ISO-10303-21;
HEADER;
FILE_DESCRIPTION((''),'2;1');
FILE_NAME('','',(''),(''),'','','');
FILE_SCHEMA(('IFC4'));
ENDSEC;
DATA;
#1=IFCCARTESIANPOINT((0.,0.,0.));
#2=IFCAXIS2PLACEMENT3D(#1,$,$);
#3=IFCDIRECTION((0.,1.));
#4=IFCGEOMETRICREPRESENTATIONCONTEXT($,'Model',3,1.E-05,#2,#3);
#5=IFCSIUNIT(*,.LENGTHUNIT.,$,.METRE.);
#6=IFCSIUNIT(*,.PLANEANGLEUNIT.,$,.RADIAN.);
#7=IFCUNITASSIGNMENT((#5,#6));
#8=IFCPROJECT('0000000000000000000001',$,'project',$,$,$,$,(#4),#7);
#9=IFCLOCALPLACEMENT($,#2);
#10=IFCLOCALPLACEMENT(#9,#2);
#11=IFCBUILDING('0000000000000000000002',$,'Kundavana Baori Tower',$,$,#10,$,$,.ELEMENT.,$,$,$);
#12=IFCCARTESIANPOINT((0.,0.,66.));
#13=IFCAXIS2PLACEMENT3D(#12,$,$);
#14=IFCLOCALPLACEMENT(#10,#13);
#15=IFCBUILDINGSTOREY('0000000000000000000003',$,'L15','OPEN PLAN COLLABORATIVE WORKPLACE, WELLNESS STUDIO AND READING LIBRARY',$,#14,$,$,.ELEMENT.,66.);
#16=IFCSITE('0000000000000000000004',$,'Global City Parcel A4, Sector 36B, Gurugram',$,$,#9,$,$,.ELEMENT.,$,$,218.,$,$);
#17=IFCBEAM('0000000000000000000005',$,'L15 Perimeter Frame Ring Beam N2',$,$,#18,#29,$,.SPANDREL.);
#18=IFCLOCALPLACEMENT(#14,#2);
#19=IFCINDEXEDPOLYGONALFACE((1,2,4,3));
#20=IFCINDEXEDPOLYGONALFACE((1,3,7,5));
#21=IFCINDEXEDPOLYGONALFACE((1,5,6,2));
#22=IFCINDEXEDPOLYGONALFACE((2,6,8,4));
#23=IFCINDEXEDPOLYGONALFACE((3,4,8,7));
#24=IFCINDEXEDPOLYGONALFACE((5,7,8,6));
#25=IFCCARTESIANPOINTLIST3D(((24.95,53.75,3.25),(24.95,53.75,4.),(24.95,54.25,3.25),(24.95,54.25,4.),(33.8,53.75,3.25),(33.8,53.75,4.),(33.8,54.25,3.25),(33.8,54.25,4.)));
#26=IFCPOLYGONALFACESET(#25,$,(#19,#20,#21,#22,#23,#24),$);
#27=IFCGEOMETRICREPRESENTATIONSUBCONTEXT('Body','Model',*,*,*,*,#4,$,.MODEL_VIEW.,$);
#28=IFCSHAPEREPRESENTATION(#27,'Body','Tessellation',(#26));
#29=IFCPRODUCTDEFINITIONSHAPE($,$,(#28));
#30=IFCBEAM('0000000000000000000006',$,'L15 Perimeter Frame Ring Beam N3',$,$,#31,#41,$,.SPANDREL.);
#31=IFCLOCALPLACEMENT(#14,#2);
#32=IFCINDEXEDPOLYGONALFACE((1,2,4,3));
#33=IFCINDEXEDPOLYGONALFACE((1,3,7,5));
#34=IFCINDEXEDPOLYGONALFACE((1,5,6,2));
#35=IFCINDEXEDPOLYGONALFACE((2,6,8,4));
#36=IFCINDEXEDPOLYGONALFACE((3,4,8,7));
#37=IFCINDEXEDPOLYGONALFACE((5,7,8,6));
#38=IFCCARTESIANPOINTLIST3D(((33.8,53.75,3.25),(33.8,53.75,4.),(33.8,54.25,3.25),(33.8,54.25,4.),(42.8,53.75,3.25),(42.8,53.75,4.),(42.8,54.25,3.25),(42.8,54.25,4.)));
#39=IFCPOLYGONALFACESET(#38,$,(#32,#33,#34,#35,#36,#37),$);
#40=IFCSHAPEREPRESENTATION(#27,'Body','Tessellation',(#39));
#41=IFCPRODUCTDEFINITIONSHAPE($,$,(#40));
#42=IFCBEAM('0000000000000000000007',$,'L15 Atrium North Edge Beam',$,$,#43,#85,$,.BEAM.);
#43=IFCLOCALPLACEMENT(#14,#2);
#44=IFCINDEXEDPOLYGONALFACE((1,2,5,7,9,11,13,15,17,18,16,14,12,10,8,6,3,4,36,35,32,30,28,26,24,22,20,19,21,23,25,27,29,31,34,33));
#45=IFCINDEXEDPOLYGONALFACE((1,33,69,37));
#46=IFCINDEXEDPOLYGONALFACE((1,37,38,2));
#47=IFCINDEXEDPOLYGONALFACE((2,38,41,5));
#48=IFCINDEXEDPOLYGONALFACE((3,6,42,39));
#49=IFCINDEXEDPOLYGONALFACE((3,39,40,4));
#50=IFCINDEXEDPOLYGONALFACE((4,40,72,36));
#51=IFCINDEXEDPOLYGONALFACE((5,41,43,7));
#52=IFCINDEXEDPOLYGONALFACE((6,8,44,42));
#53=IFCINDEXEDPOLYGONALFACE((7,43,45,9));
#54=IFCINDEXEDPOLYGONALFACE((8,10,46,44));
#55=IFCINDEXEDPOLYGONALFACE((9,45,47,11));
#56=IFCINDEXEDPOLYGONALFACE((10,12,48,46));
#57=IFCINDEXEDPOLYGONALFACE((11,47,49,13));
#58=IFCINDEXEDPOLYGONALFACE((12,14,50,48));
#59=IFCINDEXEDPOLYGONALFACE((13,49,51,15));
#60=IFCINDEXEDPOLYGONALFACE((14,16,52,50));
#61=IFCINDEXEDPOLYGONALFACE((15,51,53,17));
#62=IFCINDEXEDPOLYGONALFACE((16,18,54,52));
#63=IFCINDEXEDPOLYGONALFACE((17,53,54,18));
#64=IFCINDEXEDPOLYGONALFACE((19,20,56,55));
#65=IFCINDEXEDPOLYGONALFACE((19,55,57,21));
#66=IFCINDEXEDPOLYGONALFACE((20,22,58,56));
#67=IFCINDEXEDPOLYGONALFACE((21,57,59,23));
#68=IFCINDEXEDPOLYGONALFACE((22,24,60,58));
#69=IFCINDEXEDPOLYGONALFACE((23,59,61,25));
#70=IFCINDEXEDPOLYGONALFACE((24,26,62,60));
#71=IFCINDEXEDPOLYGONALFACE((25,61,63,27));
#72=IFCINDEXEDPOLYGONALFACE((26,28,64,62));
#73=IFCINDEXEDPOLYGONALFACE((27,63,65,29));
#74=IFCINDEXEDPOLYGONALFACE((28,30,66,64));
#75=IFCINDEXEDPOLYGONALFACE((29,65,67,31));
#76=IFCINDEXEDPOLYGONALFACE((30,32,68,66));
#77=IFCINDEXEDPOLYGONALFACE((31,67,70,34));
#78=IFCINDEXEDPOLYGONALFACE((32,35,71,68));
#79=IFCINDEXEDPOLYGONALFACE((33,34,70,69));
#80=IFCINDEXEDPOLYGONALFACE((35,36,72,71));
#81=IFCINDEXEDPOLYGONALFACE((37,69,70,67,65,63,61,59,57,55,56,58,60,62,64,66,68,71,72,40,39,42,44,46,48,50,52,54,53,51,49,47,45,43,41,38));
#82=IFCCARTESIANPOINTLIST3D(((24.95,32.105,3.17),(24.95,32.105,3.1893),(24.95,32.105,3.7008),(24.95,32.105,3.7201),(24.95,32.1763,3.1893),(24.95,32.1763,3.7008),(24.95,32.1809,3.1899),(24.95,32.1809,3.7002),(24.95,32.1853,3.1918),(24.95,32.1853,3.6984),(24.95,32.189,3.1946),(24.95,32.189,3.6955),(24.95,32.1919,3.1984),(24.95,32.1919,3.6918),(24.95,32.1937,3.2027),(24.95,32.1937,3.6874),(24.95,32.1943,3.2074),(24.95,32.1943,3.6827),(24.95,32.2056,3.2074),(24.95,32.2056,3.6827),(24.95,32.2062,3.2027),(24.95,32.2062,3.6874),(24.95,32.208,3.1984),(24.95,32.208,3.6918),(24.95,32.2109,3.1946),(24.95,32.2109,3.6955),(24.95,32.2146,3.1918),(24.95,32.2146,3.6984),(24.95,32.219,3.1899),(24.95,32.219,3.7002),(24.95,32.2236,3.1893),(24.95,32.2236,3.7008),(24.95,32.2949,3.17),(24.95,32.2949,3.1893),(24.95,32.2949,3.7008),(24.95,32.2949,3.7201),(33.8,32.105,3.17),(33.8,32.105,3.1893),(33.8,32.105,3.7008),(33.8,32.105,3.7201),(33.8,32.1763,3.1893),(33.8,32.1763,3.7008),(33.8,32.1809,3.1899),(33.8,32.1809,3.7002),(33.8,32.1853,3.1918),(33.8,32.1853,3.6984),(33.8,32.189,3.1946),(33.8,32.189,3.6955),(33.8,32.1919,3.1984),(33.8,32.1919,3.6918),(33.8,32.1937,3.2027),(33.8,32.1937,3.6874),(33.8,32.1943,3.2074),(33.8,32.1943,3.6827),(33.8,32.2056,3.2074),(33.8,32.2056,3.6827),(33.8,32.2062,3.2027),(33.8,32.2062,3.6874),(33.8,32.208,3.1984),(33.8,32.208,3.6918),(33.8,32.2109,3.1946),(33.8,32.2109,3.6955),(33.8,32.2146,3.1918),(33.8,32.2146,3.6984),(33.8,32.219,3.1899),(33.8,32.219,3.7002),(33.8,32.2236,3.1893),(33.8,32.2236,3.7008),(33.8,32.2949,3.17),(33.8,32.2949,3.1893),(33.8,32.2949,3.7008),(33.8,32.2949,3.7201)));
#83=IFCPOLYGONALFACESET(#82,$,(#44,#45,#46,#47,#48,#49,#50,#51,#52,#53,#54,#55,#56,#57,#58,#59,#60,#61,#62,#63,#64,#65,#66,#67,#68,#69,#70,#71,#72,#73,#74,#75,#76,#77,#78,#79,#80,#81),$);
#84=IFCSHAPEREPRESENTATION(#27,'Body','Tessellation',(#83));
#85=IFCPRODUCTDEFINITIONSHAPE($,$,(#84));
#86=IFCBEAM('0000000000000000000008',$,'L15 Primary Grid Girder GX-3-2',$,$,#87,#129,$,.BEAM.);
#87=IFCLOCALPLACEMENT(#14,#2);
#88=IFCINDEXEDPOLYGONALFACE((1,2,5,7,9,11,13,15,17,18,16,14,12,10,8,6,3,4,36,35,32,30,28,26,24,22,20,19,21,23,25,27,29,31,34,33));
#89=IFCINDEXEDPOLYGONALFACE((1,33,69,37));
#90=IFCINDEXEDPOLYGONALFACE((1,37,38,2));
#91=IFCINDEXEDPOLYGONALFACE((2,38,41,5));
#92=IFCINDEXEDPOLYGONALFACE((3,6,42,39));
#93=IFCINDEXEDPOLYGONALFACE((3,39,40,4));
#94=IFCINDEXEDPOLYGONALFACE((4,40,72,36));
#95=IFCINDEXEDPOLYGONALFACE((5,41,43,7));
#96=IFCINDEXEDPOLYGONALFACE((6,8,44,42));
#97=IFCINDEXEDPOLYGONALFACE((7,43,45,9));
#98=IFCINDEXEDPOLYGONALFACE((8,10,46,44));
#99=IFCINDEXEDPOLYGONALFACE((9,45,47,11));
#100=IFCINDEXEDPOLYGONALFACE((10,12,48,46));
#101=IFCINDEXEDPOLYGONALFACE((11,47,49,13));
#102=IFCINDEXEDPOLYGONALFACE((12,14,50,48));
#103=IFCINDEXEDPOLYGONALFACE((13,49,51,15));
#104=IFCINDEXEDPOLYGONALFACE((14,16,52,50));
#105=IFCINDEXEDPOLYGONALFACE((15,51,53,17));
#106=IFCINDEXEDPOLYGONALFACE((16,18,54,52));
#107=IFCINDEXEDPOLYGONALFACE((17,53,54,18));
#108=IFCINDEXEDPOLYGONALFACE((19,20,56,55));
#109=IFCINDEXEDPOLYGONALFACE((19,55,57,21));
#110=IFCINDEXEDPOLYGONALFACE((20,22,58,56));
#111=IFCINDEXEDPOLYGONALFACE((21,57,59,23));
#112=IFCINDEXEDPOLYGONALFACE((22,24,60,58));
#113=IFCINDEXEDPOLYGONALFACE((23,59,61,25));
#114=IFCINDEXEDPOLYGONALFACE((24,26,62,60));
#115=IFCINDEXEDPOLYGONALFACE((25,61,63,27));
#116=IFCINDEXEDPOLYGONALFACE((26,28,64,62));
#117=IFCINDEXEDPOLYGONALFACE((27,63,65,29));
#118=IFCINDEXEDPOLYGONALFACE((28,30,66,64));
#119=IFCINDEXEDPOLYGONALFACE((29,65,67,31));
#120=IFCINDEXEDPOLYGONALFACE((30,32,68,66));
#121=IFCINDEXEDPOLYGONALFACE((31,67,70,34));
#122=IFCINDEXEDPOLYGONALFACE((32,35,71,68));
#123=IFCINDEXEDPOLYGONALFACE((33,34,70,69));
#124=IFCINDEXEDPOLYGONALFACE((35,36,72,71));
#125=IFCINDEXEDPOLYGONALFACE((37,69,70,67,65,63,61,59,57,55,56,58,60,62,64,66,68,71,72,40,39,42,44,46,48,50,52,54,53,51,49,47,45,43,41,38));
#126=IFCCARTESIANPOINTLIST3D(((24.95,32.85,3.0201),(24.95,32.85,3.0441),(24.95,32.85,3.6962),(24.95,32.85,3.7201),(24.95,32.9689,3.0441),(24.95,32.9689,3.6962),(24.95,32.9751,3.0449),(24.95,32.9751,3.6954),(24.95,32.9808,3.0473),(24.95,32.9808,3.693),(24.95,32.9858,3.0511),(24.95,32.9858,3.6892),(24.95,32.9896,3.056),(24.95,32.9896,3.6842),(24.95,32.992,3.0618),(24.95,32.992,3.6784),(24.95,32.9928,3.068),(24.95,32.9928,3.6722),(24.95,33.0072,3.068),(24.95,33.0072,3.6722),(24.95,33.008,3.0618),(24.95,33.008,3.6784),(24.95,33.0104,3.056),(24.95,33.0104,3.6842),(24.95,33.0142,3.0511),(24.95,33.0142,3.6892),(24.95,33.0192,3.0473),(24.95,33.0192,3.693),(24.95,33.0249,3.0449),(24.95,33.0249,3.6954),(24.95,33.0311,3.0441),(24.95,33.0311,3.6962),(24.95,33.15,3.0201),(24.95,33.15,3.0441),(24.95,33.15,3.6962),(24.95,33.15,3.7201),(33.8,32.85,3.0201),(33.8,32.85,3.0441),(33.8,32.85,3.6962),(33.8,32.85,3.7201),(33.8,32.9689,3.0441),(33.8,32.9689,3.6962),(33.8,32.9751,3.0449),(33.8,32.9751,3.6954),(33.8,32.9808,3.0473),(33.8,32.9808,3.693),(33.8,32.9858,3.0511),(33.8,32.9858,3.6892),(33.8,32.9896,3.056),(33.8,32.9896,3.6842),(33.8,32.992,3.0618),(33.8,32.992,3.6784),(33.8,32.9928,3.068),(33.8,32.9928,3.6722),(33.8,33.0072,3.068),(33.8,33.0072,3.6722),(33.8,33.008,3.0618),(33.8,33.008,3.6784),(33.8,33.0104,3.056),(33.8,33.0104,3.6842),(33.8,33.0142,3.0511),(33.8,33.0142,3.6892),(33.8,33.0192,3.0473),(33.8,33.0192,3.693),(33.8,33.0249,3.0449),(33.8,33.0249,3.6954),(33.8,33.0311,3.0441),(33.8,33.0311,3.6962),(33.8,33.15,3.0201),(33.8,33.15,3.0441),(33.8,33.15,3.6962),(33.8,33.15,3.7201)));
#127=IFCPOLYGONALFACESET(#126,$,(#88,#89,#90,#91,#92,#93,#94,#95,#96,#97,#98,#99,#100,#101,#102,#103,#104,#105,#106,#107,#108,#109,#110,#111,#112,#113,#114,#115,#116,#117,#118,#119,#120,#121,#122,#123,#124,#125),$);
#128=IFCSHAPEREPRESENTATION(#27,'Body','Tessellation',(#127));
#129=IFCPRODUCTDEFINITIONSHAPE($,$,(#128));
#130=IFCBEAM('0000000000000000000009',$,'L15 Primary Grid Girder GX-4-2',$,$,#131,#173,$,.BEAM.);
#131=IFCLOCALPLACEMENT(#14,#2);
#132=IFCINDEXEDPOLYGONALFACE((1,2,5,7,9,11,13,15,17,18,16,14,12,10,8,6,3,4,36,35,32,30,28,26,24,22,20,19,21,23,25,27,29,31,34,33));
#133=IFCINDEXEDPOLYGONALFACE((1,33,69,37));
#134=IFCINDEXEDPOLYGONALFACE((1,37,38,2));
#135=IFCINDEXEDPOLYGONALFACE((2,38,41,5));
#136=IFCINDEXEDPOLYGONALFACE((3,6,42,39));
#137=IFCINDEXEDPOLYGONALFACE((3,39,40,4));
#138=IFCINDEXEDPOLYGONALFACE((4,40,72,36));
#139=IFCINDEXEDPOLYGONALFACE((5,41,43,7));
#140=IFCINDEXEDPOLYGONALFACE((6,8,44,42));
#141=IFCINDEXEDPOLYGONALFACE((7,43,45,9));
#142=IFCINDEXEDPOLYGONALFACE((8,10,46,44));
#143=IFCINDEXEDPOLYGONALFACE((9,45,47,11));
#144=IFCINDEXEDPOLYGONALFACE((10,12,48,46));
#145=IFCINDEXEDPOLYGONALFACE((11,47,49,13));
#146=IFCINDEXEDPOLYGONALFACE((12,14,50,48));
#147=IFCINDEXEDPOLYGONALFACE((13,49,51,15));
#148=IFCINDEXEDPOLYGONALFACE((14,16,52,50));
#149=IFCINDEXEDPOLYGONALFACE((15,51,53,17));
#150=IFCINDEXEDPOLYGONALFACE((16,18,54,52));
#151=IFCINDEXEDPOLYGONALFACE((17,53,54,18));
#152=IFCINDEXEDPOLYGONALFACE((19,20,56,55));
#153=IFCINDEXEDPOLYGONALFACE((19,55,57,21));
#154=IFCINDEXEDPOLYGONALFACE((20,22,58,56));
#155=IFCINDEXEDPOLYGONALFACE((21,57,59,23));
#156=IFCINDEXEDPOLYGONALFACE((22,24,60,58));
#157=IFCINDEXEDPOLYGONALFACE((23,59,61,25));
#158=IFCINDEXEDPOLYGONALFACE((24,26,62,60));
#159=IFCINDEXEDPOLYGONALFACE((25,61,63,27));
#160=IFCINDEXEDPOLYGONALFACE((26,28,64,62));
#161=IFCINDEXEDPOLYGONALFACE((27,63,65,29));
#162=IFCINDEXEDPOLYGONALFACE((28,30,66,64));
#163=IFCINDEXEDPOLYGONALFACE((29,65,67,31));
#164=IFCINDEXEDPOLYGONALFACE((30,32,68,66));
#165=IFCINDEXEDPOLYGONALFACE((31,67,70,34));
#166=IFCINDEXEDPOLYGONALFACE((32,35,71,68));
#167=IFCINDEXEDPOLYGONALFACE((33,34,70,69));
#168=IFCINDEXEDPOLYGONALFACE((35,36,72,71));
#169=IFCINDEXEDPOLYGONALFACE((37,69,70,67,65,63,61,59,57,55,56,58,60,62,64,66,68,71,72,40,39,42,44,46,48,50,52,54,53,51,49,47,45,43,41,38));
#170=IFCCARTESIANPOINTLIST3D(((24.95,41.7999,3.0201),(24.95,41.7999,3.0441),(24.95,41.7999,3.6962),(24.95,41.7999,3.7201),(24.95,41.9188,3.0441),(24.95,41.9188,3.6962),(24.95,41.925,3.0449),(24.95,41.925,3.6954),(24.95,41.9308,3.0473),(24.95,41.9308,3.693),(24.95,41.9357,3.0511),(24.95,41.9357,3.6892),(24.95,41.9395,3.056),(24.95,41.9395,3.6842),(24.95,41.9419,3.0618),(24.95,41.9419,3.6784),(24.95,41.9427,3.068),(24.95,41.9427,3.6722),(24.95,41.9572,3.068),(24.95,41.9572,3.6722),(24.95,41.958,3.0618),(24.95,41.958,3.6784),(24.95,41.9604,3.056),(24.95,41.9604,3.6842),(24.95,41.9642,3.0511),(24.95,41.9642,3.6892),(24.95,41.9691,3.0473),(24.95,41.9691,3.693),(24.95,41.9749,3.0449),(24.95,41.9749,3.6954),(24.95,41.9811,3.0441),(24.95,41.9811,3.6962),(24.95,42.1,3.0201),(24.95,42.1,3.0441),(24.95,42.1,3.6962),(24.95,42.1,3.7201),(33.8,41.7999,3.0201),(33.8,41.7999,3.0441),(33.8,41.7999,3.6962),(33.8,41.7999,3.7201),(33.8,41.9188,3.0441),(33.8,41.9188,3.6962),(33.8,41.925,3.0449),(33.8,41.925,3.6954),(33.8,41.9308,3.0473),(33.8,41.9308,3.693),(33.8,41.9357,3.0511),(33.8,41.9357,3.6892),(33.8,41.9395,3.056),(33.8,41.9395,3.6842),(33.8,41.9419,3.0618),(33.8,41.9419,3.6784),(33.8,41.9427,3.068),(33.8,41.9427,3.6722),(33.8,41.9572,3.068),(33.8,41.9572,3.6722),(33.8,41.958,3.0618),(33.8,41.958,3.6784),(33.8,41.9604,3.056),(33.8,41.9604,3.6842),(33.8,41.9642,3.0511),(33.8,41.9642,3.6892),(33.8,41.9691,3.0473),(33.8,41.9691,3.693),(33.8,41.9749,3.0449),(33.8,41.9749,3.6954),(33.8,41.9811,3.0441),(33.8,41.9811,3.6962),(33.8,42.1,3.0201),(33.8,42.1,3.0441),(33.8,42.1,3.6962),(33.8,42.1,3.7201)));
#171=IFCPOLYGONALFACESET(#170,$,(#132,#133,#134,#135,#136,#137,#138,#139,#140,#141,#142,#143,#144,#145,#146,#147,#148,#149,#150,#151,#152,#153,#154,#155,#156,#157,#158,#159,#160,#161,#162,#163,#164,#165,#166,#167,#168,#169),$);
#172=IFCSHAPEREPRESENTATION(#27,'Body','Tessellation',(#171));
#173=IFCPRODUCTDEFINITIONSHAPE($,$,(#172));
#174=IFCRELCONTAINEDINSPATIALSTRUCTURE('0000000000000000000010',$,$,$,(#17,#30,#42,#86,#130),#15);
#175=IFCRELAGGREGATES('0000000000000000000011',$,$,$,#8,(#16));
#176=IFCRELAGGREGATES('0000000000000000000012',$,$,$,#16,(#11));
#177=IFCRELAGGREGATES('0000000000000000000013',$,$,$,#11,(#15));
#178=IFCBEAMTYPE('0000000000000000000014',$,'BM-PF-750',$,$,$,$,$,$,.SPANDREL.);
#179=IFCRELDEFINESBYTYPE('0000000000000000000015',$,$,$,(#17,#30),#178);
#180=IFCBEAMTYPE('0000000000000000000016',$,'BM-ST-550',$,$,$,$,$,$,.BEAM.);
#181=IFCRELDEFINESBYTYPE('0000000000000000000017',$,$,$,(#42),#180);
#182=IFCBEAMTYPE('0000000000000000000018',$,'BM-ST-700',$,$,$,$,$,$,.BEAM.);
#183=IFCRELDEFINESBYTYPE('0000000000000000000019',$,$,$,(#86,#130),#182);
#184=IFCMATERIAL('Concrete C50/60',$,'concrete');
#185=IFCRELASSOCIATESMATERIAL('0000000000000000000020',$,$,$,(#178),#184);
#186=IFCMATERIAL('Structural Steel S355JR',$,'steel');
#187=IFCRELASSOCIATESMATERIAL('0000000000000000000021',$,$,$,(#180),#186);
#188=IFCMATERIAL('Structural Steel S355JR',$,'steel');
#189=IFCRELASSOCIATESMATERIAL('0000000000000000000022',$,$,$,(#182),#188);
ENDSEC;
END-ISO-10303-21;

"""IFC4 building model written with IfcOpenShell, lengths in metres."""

from ifc_helpers import new_model, si_unit, direction, frame, origin, origin_2d, place, context, subcontext, project, spatial, rectangle, i_section, extrude, material, material_profile, profile_set, type_object, element, save


model = new_model("IFC4")

# Units and contexts
model_context = context("Model", 3, precision=1e-05, world=origin(), true_north=direction((0.0, 1.0)))
body_context = subcontext(model_context, "Body", "Model", "MODEL_VIEW")
ifc_project = project(units=[si_unit("LENGTHUNIT", "METRE"), si_unit("PLANEANGLEUNIT", "RADIAN")], contexts=[model_context])

# Site, building, storey
site_placement = place(None, origin())
site = spatial("IfcSite", under=ifc_project, at=site_placement, Name="Global City Parcel A4, Sector 36B, Gurugram", CompositionType="ELEMENT", RefElevation=218.0)
building_placement = place(site_placement, origin())
building = spatial("IfcBuilding", under=site, at=building_placement, Name="Kundavana Baori Tower", CompositionType="ELEMENT")
storey_placement = place(building_placement, frame((0.0, 0.0, 66.0)))
storey = spatial("IfcBuildingStorey", under=building, at=storey_placement, Name="L15", Description="OPEN PLAN COLLABORATIVE WORKPLACE, WELLNESS STUDIO AND READING LIBRARY", CompositionType="ELEMENT", Elevation=66.0)

# Beams
ifc_material_1 = material(Name="Concrete C50/60", Category="concrete")
ifc_material_profile_1 = material_profile(ifc_material_1, rectangle(XDim=0.5, YDim=0.75, at=origin_2d()), Name="RC BM 500x750")
ifc_profile_set_1 = profile_set([ifc_material_profile_1], Name="Concrete C50/60")
beam_type_1 = type_object("IfcBeamType", Name="BM-PF-750", PredefinedType="SPANDREL", material=ifc_profile_set_1)
beam_1_placement = place(storey_placement, frame((24.95, 54.0, 3.625), z_axis=(1.0, 0.0, 0.0), x_axis=(0.0, 1.0, 0.0)))
element("IfcBeam", 1, at=beam_1_placement, inside=storey, type_object=beam_type_1, Name="L15 Perimeter Frame Ring Beam N2", PredefinedType="SPANDREL", context=body_context, shape_type="SweptSolid", body=[
    extrude(rectangle(XDim=0.5, YDim=0.75, at=origin_2d()), origin(), (0.0, 0.0, 1.0), 8.8501),
])
beam_2_placement = place(storey_placement, frame((33.8, 54.0, 3.625), z_axis=(1.0, 0.0, 0.0), x_axis=(0.0, 1.0, 0.0)))
element("IfcBeam", 2, at=beam_2_placement, inside=storey, type_object=beam_type_1, Name="L15 Perimeter Frame Ring Beam N3", PredefinedType="SPANDREL", context=body_context, shape_type="SweptSolid", body=[
    extrude(rectangle(XDim=0.5, YDim=0.75, at=origin_2d()), origin(), (0.0, 0.0, 1.0), 9.0),
])
ifc_material_2 = material(Name="Structural Steel S355JR", Category="steel")
ifc_material_profile_2 = material_profile(ifc_material_2, i_section(OverallWidth=0.1899, OverallDepth=0.55, WebThickness=0.0112, FlangeThickness=0.0193, FilletRadius=0.0181, at=origin_2d()), Name="ISMB 550")
ifc_profile_set_2 = profile_set([ifc_material_profile_2], Name="Structural Steel S355JR")
beam_type_2 = type_object("IfcBeamType", Name="BM-ST-550", PredefinedType="BEAM", material=ifc_profile_set_2)
beam_3_placement = place(storey_placement, frame((24.95, 32.2, 3.4451), z_axis=(1.0, 0.0, 0.0), x_axis=(0.0, 1.0, 0.0)))
element("IfcBeam", 3, at=beam_3_placement, inside=storey, type_object=beam_type_2, Name="L15 Atrium North Edge Beam", PredefinedType="BEAM", context=body_context, shape_type="SweptSolid", body=[
    extrude(i_section(OverallWidth=0.1899, OverallDepth=0.55, WebThickness=0.0112, FlangeThickness=0.0193, FilletRadius=0.0181, at=origin_2d()), origin(), (0.0, 0.0, 1.0), 8.8501),
])
ifc_material_3 = material(Name="Structural Steel S355JR", Category="steel")
ifc_material_profile_3 = material_profile(ifc_material_3, i_section(OverallWidth=0.3, OverallDepth=0.7, WebThickness=0.0144, FlangeThickness=0.0239, FilletRadius=0.0239, at=origin_2d()), Name="NPB 700x300x170")
ifc_profile_set_3 = profile_set([ifc_material_profile_3], Name="Structural Steel S355JR")
beam_type_3 = type_object("IfcBeamType", Name="BM-ST-700", PredefinedType="BEAM", material=ifc_profile_set_3)
for number, where, z_axis, x_axis, name in (
    (4, (24.95, 33.0, 3.3701), (1.0, 0.0, 0.0), (0.0, 1.0, 0.0), "L15 Primary Grid Girder GX-3-2"),
    (5, (24.95, 41.95, 3.3701), (1.0, 0.0, 0.0), (0.0, 1.0, 0.0), "L15 Primary Grid Girder GX-4-2"),
):
    element("IfcBeam", number, at=place(storey_placement, frame(where, z_axis=z_axis, x_axis=x_axis)), inside=storey, type_object=beam_type_3, Name=name, PredefinedType="BEAM", context=body_context, shape_type="SweptSolid", body=[
        extrude(i_section(OverallWidth=0.3, OverallDepth=0.7, WebThickness=0.0144, FlangeThickness=0.0239, FilletRadius=0.0239, at=origin_2d()), origin(), (0.0, 0.0, 1.0), 8.8501),
    ])

save(model, "model.ifc")
